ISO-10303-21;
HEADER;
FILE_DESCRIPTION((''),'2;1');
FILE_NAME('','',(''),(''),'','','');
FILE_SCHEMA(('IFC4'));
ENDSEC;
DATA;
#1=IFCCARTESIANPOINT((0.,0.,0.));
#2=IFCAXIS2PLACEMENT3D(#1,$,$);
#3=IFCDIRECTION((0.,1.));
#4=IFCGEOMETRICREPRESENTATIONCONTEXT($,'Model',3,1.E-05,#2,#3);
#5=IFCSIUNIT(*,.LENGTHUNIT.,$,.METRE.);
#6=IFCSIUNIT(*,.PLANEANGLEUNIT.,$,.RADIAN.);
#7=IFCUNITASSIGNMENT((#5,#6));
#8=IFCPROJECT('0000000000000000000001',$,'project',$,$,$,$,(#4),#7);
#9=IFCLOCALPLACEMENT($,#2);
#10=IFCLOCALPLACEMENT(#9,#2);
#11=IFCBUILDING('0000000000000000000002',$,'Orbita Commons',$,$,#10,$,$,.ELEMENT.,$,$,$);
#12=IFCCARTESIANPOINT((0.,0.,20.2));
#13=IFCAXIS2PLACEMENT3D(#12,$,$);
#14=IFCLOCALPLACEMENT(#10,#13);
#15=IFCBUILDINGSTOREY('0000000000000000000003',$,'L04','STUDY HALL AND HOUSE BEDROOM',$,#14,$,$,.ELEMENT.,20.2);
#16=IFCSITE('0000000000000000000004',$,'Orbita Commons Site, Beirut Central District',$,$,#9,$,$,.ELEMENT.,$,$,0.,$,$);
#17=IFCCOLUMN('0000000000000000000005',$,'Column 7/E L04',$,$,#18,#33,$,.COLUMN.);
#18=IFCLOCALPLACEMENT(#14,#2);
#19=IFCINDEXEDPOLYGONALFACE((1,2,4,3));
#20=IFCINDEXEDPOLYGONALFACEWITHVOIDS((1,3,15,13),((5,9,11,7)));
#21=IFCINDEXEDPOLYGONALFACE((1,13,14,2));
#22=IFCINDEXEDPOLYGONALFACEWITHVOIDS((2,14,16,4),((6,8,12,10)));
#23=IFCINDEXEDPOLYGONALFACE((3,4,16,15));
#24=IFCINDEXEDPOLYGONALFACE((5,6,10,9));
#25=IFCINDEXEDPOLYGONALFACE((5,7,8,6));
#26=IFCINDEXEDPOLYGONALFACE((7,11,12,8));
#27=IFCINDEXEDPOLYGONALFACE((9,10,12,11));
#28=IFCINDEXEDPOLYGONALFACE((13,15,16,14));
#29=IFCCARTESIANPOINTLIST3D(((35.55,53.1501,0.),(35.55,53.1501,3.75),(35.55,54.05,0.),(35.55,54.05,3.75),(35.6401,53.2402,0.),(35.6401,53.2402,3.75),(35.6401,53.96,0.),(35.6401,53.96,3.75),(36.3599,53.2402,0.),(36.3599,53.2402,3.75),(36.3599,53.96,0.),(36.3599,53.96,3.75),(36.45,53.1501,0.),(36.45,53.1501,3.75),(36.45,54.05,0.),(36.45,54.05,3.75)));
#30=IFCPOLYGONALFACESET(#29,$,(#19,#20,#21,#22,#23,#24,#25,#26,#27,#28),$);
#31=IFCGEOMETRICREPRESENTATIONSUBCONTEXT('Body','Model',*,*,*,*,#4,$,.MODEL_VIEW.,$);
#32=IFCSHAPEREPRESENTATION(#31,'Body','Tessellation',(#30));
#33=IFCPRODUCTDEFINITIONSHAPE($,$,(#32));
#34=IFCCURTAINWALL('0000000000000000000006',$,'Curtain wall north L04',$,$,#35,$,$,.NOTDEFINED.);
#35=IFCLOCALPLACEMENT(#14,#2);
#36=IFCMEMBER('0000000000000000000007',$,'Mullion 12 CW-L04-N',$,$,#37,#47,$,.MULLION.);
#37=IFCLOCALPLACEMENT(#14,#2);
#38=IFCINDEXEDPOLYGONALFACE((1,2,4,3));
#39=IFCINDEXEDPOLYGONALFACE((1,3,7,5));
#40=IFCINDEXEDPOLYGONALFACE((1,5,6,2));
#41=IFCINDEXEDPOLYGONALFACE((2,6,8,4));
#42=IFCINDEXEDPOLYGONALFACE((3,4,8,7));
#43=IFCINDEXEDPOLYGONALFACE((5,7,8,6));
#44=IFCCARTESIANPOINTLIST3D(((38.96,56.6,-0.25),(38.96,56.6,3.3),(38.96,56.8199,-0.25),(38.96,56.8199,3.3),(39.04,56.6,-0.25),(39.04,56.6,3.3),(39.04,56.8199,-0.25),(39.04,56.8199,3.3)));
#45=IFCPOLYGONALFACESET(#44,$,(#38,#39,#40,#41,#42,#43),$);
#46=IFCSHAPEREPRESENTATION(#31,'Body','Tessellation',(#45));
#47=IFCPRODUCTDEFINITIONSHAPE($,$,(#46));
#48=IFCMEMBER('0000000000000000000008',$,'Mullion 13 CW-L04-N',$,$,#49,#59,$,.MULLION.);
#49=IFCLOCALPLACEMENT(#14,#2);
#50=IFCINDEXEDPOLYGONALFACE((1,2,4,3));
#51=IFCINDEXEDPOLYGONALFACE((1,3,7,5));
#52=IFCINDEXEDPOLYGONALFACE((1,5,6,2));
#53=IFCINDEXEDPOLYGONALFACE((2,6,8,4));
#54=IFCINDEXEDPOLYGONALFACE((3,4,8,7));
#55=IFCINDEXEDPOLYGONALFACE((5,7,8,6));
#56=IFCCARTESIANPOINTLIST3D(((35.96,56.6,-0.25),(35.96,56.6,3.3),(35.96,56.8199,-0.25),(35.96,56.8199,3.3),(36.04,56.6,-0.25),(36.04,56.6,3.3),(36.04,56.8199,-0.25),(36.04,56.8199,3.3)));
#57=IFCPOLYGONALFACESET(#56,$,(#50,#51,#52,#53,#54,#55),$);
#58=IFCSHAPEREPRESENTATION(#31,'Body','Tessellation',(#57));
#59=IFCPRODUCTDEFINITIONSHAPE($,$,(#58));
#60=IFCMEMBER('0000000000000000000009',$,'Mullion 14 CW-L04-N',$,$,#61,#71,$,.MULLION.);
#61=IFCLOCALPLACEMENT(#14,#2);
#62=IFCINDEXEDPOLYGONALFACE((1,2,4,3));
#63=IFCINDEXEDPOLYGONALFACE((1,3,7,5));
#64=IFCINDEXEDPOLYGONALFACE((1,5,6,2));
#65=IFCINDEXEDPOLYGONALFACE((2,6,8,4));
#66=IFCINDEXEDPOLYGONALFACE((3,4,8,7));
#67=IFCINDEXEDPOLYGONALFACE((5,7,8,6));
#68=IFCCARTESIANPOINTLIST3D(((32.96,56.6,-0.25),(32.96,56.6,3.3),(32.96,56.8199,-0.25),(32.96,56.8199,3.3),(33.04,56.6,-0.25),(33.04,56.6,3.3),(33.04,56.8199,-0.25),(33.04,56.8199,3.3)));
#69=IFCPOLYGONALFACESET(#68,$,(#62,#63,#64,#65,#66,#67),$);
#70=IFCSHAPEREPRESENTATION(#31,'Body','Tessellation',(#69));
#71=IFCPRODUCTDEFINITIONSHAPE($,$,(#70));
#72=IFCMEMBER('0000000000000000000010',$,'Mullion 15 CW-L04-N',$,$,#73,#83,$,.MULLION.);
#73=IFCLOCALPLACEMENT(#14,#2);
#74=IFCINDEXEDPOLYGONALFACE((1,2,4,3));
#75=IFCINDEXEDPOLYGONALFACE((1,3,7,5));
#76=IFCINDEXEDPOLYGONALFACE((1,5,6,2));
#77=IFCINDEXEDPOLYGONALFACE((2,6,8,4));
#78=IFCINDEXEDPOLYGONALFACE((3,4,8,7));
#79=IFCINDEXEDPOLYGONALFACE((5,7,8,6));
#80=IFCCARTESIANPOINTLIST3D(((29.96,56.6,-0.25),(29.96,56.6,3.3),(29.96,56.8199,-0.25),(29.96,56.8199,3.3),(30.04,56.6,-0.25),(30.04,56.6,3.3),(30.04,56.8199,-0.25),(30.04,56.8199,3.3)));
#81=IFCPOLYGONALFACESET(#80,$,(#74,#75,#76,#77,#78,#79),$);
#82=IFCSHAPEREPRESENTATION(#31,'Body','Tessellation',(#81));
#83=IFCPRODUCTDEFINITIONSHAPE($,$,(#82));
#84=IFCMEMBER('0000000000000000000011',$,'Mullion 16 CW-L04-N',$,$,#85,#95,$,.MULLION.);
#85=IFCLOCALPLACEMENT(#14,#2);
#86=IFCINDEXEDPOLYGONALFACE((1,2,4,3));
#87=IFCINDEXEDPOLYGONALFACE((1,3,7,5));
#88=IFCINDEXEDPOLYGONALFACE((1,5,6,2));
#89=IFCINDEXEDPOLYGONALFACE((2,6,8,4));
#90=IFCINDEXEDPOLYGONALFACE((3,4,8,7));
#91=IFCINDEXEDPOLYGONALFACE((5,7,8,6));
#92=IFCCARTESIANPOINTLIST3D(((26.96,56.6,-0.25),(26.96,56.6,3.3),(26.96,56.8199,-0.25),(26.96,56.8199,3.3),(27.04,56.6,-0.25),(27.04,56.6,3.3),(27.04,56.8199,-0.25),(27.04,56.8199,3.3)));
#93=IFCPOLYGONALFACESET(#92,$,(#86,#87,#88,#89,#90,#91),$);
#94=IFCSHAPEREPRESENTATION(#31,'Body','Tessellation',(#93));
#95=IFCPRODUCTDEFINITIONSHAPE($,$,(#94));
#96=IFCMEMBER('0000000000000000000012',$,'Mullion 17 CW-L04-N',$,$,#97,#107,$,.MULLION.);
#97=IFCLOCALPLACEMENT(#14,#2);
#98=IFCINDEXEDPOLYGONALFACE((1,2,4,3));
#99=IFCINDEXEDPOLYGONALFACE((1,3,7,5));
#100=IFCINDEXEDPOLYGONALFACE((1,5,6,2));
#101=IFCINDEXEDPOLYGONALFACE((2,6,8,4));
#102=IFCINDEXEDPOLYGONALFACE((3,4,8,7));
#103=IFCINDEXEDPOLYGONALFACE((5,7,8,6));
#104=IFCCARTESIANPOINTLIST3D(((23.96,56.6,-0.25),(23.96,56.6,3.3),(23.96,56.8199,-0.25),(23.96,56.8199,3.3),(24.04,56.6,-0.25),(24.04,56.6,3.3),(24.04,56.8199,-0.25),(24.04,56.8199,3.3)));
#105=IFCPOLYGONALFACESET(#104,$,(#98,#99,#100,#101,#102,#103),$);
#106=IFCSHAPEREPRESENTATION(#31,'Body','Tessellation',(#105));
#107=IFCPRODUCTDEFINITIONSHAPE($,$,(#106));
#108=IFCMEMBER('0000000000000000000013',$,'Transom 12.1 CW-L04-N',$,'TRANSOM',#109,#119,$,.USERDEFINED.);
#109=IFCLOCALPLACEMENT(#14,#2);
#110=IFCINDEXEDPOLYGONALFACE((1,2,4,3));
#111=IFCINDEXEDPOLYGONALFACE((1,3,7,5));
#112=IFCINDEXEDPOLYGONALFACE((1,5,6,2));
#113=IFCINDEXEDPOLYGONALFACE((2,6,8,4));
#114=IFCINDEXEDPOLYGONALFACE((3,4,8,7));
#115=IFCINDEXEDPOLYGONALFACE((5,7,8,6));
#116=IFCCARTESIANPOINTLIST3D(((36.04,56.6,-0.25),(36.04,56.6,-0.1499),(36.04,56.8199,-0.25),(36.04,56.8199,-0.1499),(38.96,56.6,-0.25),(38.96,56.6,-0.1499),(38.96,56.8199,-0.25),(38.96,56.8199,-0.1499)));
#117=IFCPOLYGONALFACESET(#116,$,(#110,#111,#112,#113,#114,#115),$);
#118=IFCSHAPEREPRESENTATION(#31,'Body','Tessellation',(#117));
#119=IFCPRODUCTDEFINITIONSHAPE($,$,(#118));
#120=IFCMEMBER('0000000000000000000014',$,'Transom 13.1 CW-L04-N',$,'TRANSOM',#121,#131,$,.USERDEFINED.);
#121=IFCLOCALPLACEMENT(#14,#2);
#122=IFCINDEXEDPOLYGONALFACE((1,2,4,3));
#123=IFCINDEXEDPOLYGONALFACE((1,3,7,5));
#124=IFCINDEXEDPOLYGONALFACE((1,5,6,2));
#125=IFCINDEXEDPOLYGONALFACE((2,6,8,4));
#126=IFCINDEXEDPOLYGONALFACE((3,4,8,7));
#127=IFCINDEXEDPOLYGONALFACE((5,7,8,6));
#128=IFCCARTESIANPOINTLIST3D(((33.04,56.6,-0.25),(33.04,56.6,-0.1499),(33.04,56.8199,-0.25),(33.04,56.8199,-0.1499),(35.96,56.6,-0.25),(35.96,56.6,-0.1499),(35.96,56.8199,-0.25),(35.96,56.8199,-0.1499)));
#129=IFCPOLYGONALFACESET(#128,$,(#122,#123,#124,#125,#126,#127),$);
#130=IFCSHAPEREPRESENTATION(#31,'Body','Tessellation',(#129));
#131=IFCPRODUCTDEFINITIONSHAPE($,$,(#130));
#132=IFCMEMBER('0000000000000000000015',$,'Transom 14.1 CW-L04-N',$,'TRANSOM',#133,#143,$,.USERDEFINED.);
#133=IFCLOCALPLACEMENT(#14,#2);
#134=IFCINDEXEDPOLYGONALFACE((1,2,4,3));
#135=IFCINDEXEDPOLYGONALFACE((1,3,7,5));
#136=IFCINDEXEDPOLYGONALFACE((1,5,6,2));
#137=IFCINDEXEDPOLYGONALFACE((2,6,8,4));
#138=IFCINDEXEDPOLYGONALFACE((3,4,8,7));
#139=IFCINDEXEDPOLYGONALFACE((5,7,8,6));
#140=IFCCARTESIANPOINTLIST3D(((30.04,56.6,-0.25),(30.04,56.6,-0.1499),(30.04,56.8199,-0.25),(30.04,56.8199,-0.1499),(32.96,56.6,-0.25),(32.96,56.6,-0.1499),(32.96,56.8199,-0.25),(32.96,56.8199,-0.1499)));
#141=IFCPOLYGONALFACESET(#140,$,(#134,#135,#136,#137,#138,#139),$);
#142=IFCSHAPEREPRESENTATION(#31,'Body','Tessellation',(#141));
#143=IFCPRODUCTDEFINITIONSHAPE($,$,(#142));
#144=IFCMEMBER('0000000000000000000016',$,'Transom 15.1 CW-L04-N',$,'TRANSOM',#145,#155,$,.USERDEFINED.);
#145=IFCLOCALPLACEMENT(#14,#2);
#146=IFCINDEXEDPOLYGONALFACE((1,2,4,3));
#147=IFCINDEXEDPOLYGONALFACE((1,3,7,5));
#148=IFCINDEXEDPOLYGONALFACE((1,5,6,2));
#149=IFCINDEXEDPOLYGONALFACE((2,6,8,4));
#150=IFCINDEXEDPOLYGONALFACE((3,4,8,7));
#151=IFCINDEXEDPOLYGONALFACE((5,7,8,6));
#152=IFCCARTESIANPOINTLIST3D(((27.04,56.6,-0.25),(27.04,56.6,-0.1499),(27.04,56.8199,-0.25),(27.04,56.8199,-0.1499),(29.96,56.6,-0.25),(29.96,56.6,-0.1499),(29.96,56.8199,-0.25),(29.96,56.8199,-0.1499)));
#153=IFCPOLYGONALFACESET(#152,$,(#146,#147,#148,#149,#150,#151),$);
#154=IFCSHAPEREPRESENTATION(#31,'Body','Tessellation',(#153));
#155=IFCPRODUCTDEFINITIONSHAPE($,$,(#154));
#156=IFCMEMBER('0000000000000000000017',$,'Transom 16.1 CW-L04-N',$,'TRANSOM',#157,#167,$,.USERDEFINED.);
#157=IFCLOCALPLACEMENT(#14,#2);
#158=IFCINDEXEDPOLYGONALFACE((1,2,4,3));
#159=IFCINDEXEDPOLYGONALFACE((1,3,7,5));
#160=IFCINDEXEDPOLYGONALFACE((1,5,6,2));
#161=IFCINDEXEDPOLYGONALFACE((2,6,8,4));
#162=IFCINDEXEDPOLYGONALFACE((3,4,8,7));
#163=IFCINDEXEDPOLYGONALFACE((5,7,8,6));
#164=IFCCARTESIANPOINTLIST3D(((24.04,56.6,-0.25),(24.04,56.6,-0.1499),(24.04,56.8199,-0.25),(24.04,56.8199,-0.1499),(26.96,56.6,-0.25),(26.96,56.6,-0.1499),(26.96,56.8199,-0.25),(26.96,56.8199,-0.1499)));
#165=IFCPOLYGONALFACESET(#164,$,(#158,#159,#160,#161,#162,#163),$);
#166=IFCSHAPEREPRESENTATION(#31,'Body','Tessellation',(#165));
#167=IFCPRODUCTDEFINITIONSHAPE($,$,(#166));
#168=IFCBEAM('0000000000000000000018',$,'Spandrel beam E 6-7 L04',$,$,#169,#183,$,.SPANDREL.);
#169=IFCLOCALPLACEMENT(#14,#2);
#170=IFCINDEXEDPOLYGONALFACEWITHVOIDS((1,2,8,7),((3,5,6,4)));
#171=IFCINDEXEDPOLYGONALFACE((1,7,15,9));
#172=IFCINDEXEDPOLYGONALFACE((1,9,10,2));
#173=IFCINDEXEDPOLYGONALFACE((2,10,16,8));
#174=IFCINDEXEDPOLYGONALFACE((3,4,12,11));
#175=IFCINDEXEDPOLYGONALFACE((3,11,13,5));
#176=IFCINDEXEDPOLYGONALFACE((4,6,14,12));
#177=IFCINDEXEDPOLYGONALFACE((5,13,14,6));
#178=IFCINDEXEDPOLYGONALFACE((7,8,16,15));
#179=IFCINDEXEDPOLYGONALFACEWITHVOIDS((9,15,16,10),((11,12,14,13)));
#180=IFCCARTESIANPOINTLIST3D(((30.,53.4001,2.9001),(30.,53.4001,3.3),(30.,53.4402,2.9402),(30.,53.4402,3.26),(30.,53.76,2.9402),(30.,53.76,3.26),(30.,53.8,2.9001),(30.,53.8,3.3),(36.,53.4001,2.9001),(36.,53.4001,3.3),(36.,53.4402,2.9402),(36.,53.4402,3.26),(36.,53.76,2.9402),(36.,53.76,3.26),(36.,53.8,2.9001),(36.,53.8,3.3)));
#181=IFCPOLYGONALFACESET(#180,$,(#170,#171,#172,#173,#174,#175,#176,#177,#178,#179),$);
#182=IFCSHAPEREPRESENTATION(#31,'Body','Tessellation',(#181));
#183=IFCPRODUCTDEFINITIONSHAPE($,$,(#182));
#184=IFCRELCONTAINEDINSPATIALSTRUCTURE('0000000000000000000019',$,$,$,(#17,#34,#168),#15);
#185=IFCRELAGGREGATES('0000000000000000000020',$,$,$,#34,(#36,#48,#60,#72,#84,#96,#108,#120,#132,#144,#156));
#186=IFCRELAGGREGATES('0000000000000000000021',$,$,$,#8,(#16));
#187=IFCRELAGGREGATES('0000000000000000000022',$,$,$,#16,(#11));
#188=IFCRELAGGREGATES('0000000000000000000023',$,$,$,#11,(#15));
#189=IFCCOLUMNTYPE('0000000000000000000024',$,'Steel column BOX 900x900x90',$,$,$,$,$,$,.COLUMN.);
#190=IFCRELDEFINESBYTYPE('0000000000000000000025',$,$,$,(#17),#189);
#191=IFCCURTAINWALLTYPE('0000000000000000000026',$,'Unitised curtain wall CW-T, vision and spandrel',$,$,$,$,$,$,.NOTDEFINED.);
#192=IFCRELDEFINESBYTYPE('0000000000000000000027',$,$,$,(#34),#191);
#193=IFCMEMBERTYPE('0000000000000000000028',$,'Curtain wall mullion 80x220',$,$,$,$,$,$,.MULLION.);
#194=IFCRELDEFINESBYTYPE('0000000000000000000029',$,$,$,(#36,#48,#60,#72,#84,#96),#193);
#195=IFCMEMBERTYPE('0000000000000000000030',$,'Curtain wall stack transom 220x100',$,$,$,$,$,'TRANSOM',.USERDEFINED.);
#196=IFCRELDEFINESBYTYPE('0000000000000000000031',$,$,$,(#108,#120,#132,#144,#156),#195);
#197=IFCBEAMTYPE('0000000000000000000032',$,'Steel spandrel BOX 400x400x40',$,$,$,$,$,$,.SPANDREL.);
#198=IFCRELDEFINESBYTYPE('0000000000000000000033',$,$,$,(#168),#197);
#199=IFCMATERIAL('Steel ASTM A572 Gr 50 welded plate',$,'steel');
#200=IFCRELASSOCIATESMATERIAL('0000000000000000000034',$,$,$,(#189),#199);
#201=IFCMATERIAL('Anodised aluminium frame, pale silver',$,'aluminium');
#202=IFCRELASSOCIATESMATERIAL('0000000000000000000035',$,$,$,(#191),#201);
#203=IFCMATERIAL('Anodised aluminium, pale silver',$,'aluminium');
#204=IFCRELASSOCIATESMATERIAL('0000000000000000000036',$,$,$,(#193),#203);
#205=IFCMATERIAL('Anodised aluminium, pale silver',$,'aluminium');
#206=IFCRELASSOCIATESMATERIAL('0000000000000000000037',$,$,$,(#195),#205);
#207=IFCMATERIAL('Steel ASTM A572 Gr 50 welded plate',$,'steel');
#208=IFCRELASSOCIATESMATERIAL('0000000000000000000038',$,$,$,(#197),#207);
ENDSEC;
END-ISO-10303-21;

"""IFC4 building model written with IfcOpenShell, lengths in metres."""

from ifc_helpers import new_model, si_unit, direction, frame, origin, origin_2d, place, context, subcontext, project, spatial, rectangle, hollow_rectangle, extrude, material, material_profile, profile_set, type_object, element, aggregate, save


model = new_model("IFC4")

# Units and contexts
model_context = context("Model", 3, precision=1e-05, world=origin(), true_north=direction((0.0, 1.0)))
body_context = subcontext(model_context, "Body", "Model", "MODEL_VIEW")
ifc_project = project(units=[si_unit("LENGTHUNIT", "METRE"), si_unit("PLANEANGLEUNIT", "RADIAN")], contexts=[model_context])

# Site, building, storey
site_placement = place(None, origin())
site = spatial("IfcSite", under=ifc_project, at=site_placement, Name="Orbita Commons Site, Beirut Central District", CompositionType="ELEMENT", RefElevation=0.0)
building_placement = place(site_placement, origin())
building = spatial("IfcBuilding", under=site, at=building_placement, Name="Orbita Commons", CompositionType="ELEMENT")
storey_placement = place(building_placement, frame((0.0, 0.0, 20.2)))
storey = spatial("IfcBuildingStorey", under=building, at=storey_placement, Name="L04", Description="STUDY HALL AND HOUSE BEDROOM", CompositionType="ELEMENT", Elevation=20.2)

# Column
ifc_material_1 = material(Name="Steel ASTM A572 Gr 50 welded plate", Category="steel")
ifc_material_profile_1 = material_profile(ifc_material_1, hollow_rectangle(XDim=0.8999, YDim=0.8999, WallThickness=0.0901, at=origin_2d()), Name="BOX 900x900x90")
ifc_profile_set_1 = profile_set([ifc_material_profile_1], Name="Steel ASTM A572 Gr 50 welded plate")
column_type = type_object("IfcColumnType", Name="Steel column BOX 900x900x90", PredefinedType="COLUMN", material=ifc_profile_set_1)
column_placement = place(storey_placement, frame((36.0, 53.6001, 0.0), z_axis=(0.0, 0.0, 1.0), x_axis=(1.0, 0.0, 0.0)))
element("IfcColumn", 1, at=column_placement, inside=storey, type_object=column_type, Name="Column 7/E L04", PredefinedType="COLUMN", context=body_context, shape_type="SweptSolid", body=[
    extrude(hollow_rectangle(XDim=0.8999, YDim=0.8999, WallThickness=0.0901, at=origin_2d()), origin(), (0.0, 0.0, 1.0), 3.75),
])

# Curtain wall, members
ifc_material_2 = material(Name="Anodised aluminium frame, pale silver", Category="aluminium")
curtain_wall_type = type_object("IfcCurtainWallType", Name="Unitised curtain wall CW-T, vision and spandrel", PredefinedType="NOTDEFINED", material=ifc_material_2)
curtain_wall_placement = place(storey_placement, origin())
curtain_wall = element("IfcCurtainWall", 2, at=curtain_wall_placement, inside=storey, type_object=curtain_wall_type, Name="Curtain wall north L04", PredefinedType="NOTDEFINED")
ifc_material_3 = material(Name="Anodised aluminium, pale silver", Category="aluminium")
ifc_material_profile_2 = material_profile(ifc_material_3, rectangle(XDim=0.0801, YDim=0.22, at=origin_2d()), Name="AL 80x220")
ifc_profile_set_2 = profile_set([ifc_material_profile_2], Name="Anodised aluminium, pale silver")
member_type_1 = type_object("IfcMemberType", Name="Curtain wall mullion 80x220", PredefinedType="MULLION", material=ifc_profile_set_2)
member_1_placement = place(storey_placement, frame((39.0, 56.71, -0.25), z_axis=(0.0, 0.0, 1.0), x_axis=(-1.0, 0.0, 0.0)))
member_1 = element("IfcMember", 3, at=member_1_placement, type_object=member_type_1, Name="Mullion 12 CW-L04-N", PredefinedType="MULLION", context=body_context, shape_type="SweptSolid", body=[
    extrude(rectangle(XDim=0.0801, YDim=0.22, at=origin_2d()), origin(), (0.0, 0.0, 1.0), 3.55),
])
member_2_placement = place(storey_placement, frame((36.0, 56.71, -0.25), z_axis=(0.0, 0.0, 1.0), x_axis=(-1.0, 0.0, 0.0)))
member_2 = element("IfcMember", 4, at=member_2_placement, type_object=member_type_1, Name="Mullion 13 CW-L04-N", PredefinedType="MULLION", context=body_context, shape_type="SweptSolid", body=[
    extrude(rectangle(XDim=0.0801, YDim=0.22, at=origin_2d()), origin(), (0.0, 0.0, 1.0), 3.55),
])
member_3_placement = place(storey_placement, frame((33.0, 56.71, -0.25), z_axis=(0.0, 0.0, 1.0), x_axis=(-1.0, 0.0, 0.0)))
member_3 = element("IfcMember", 5, at=member_3_placement, type_object=member_type_1, Name="Mullion 14 CW-L04-N", PredefinedType="MULLION", context=body_context, shape_type="SweptSolid", body=[
    extrude(rectangle(XDim=0.0801, YDim=0.22, at=origin_2d()), origin(), (0.0, 0.0, 1.0), 3.55),
])
member_4_placement = place(storey_placement, frame((30.0, 56.71, -0.25), z_axis=(0.0, 0.0, 1.0), x_axis=(-1.0, 0.0, 0.0)))
member_4 = element("IfcMember", 6, at=member_4_placement, type_object=member_type_1, Name="Mullion 15 CW-L04-N", PredefinedType="MULLION", context=body_context, shape_type="SweptSolid", body=[
    extrude(rectangle(XDim=0.0801, YDim=0.22, at=origin_2d()), origin(), (0.0, 0.0, 1.0), 3.55),
])
member_5_placement = place(storey_placement, frame((27.0, 56.71, -0.25), z_axis=(0.0, 0.0, 1.0), x_axis=(-1.0, 0.0, 0.0)))
member_5 = element("IfcMember", 7, at=member_5_placement, type_object=member_type_1, Name="Mullion 16 CW-L04-N", PredefinedType="MULLION", context=body_context, shape_type="SweptSolid", body=[
    extrude(rectangle(XDim=0.0801, YDim=0.22, at=origin_2d()), origin(), (0.0, 0.0, 1.0), 3.55),
])
member_6_placement = place(storey_placement, frame((24.0, 56.71, -0.25), z_axis=(0.0, 0.0, 1.0), x_axis=(-1.0, 0.0, 0.0)))
member_6 = element("IfcMember", 8, at=member_6_placement, type_object=member_type_1, Name="Mullion 17 CW-L04-N", PredefinedType="MULLION", context=body_context, shape_type="SweptSolid", body=[
    extrude(rectangle(XDim=0.0801, YDim=0.22, at=origin_2d()), origin(), (0.0, 0.0, 1.0), 3.55),
])
ifc_material_4 = material(Name="Anodised aluminium, pale silver", Category="aluminium")
ifc_material_profile_3 = material_profile(ifc_material_4, rectangle(XDim=0.22, YDim=0.1001, at=origin_2d()), Name="AL 220x100")
ifc_profile_set_3 = profile_set([ifc_material_profile_3], Name="Anodised aluminium, pale silver")
member_type_2 = type_object("IfcMemberType", Name="Curtain wall stack transom 220x100", ElementType="TRANSOM", PredefinedType="USERDEFINED", material=ifc_profile_set_3)
member_7_placement = place(storey_placement, frame((38.96, 56.71, -0.2), z_axis=(-1.0, 0.0, 0.0), x_axis=(0.0, -1.0, 0.0)))
member_7 = element("IfcMember", 9, at=member_7_placement, type_object=member_type_2, Name="Transom 12.1 CW-L04-N", ObjectType="TRANSOM", PredefinedType="USERDEFINED", context=body_context, shape_type="SweptSolid", body=[
    extrude(rectangle(XDim=0.22, YDim=0.1001, at=origin_2d()), origin(), (0.0, 0.0, 1.0), 2.9199),
])
member_8_placement = place(storey_placement, frame((35.96, 56.71, -0.2), z_axis=(-1.0, 0.0, 0.0), x_axis=(0.0, -1.0, 0.0)))
member_8 = element("IfcMember", 10, at=member_8_placement, type_object=member_type_2, Name="Transom 13.1 CW-L04-N", ObjectType="TRANSOM", PredefinedType="USERDEFINED", context=body_context, shape_type="SweptSolid", body=[
    extrude(rectangle(XDim=0.22, YDim=0.1001, at=origin_2d()), origin(), (0.0, 0.0, 1.0), 2.9199),
])
member_9_placement = place(storey_placement, frame((32.96, 56.71, -0.2), z_axis=(-1.0, 0.0, 0.0), x_axis=(0.0, -1.0, 0.0)))
member_9 = element("IfcMember", 11, at=member_9_placement, type_object=member_type_2, Name="Transom 14.1 CW-L04-N", ObjectType="TRANSOM", PredefinedType="USERDEFINED", context=body_context, shape_type="SweptSolid", body=[
    extrude(rectangle(XDim=0.22, YDim=0.1001, at=origin_2d()), origin(), (0.0, 0.0, 1.0), 2.9199),
])
member_10_placement = place(storey_placement, frame((29.96, 56.71, -0.2), z_axis=(-1.0, 0.0, 0.0), x_axis=(0.0, -1.0, 0.0)))
member_10 = element("IfcMember", 12, at=member_10_placement, type_object=member_type_2, Name="Transom 15.1 CW-L04-N", ObjectType="TRANSOM", PredefinedType="USERDEFINED", context=body_context, shape_type="SweptSolid", body=[
    extrude(rectangle(XDim=0.22, YDim=0.1001, at=origin_2d()), origin(), (0.0, 0.0, 1.0), 2.9199),
])
member_11_placement = place(storey_placement, frame((26.96, 56.71, -0.2), z_axis=(-1.0, 0.0, 0.0), x_axis=(0.0, -1.0, 0.0)))
member_11 = element("IfcMember", 13, at=member_11_placement, type_object=member_type_2, Name="Transom 16.1 CW-L04-N", ObjectType="TRANSOM", PredefinedType="USERDEFINED", context=body_context, shape_type="SweptSolid", body=[
    extrude(rectangle(XDim=0.22, YDim=0.1001, at=origin_2d()), origin(), (0.0, 0.0, 1.0), 2.9199),
])

# Beam
ifc_material_5 = material(Name="Steel ASTM A572 Gr 50 welded plate", Category="steel")
ifc_material_profile_4 = material_profile(ifc_material_5, hollow_rectangle(XDim=0.3999, YDim=0.3999, WallThickness=0.04, at=origin_2d()), Name="BOX 400x400x40")
ifc_profile_set_4 = profile_set([ifc_material_profile_4], Name="Steel ASTM A572 Gr 50 welded plate")
beam_type = type_object("IfcBeamType", Name="Steel spandrel BOX 400x400x40", PredefinedType="SPANDREL", material=ifc_profile_set_4)
for number, where, z_axis, x_axis, name in (
    (14, (30.0, 53.6001, 3.1001), (1.0, 0.0, 0.0), (0.0, 1.0, 0.0), "Spandrel beam E 6-7 L04"),
):
    element("IfcBeam", number, at=place(storey_placement, frame(where, z_axis=z_axis, x_axis=x_axis)), inside=storey, type_object=beam_type, Name=name, PredefinedType="SPANDREL", context=body_context, shape_type="SweptSolid", body=[
        extrude(hollow_rectangle(XDim=0.3999, YDim=0.3999, WallThickness=0.04, at=origin_2d()), origin(), (0.0, 0.0, 1.0), 6.0),
    ])

aggregate(curtain_wall, [member_1, member_2, member_3, member_4, member_5, member_6, member_7, member_8, member_9, member_10, member_11])

save(model, "model.ifc")
